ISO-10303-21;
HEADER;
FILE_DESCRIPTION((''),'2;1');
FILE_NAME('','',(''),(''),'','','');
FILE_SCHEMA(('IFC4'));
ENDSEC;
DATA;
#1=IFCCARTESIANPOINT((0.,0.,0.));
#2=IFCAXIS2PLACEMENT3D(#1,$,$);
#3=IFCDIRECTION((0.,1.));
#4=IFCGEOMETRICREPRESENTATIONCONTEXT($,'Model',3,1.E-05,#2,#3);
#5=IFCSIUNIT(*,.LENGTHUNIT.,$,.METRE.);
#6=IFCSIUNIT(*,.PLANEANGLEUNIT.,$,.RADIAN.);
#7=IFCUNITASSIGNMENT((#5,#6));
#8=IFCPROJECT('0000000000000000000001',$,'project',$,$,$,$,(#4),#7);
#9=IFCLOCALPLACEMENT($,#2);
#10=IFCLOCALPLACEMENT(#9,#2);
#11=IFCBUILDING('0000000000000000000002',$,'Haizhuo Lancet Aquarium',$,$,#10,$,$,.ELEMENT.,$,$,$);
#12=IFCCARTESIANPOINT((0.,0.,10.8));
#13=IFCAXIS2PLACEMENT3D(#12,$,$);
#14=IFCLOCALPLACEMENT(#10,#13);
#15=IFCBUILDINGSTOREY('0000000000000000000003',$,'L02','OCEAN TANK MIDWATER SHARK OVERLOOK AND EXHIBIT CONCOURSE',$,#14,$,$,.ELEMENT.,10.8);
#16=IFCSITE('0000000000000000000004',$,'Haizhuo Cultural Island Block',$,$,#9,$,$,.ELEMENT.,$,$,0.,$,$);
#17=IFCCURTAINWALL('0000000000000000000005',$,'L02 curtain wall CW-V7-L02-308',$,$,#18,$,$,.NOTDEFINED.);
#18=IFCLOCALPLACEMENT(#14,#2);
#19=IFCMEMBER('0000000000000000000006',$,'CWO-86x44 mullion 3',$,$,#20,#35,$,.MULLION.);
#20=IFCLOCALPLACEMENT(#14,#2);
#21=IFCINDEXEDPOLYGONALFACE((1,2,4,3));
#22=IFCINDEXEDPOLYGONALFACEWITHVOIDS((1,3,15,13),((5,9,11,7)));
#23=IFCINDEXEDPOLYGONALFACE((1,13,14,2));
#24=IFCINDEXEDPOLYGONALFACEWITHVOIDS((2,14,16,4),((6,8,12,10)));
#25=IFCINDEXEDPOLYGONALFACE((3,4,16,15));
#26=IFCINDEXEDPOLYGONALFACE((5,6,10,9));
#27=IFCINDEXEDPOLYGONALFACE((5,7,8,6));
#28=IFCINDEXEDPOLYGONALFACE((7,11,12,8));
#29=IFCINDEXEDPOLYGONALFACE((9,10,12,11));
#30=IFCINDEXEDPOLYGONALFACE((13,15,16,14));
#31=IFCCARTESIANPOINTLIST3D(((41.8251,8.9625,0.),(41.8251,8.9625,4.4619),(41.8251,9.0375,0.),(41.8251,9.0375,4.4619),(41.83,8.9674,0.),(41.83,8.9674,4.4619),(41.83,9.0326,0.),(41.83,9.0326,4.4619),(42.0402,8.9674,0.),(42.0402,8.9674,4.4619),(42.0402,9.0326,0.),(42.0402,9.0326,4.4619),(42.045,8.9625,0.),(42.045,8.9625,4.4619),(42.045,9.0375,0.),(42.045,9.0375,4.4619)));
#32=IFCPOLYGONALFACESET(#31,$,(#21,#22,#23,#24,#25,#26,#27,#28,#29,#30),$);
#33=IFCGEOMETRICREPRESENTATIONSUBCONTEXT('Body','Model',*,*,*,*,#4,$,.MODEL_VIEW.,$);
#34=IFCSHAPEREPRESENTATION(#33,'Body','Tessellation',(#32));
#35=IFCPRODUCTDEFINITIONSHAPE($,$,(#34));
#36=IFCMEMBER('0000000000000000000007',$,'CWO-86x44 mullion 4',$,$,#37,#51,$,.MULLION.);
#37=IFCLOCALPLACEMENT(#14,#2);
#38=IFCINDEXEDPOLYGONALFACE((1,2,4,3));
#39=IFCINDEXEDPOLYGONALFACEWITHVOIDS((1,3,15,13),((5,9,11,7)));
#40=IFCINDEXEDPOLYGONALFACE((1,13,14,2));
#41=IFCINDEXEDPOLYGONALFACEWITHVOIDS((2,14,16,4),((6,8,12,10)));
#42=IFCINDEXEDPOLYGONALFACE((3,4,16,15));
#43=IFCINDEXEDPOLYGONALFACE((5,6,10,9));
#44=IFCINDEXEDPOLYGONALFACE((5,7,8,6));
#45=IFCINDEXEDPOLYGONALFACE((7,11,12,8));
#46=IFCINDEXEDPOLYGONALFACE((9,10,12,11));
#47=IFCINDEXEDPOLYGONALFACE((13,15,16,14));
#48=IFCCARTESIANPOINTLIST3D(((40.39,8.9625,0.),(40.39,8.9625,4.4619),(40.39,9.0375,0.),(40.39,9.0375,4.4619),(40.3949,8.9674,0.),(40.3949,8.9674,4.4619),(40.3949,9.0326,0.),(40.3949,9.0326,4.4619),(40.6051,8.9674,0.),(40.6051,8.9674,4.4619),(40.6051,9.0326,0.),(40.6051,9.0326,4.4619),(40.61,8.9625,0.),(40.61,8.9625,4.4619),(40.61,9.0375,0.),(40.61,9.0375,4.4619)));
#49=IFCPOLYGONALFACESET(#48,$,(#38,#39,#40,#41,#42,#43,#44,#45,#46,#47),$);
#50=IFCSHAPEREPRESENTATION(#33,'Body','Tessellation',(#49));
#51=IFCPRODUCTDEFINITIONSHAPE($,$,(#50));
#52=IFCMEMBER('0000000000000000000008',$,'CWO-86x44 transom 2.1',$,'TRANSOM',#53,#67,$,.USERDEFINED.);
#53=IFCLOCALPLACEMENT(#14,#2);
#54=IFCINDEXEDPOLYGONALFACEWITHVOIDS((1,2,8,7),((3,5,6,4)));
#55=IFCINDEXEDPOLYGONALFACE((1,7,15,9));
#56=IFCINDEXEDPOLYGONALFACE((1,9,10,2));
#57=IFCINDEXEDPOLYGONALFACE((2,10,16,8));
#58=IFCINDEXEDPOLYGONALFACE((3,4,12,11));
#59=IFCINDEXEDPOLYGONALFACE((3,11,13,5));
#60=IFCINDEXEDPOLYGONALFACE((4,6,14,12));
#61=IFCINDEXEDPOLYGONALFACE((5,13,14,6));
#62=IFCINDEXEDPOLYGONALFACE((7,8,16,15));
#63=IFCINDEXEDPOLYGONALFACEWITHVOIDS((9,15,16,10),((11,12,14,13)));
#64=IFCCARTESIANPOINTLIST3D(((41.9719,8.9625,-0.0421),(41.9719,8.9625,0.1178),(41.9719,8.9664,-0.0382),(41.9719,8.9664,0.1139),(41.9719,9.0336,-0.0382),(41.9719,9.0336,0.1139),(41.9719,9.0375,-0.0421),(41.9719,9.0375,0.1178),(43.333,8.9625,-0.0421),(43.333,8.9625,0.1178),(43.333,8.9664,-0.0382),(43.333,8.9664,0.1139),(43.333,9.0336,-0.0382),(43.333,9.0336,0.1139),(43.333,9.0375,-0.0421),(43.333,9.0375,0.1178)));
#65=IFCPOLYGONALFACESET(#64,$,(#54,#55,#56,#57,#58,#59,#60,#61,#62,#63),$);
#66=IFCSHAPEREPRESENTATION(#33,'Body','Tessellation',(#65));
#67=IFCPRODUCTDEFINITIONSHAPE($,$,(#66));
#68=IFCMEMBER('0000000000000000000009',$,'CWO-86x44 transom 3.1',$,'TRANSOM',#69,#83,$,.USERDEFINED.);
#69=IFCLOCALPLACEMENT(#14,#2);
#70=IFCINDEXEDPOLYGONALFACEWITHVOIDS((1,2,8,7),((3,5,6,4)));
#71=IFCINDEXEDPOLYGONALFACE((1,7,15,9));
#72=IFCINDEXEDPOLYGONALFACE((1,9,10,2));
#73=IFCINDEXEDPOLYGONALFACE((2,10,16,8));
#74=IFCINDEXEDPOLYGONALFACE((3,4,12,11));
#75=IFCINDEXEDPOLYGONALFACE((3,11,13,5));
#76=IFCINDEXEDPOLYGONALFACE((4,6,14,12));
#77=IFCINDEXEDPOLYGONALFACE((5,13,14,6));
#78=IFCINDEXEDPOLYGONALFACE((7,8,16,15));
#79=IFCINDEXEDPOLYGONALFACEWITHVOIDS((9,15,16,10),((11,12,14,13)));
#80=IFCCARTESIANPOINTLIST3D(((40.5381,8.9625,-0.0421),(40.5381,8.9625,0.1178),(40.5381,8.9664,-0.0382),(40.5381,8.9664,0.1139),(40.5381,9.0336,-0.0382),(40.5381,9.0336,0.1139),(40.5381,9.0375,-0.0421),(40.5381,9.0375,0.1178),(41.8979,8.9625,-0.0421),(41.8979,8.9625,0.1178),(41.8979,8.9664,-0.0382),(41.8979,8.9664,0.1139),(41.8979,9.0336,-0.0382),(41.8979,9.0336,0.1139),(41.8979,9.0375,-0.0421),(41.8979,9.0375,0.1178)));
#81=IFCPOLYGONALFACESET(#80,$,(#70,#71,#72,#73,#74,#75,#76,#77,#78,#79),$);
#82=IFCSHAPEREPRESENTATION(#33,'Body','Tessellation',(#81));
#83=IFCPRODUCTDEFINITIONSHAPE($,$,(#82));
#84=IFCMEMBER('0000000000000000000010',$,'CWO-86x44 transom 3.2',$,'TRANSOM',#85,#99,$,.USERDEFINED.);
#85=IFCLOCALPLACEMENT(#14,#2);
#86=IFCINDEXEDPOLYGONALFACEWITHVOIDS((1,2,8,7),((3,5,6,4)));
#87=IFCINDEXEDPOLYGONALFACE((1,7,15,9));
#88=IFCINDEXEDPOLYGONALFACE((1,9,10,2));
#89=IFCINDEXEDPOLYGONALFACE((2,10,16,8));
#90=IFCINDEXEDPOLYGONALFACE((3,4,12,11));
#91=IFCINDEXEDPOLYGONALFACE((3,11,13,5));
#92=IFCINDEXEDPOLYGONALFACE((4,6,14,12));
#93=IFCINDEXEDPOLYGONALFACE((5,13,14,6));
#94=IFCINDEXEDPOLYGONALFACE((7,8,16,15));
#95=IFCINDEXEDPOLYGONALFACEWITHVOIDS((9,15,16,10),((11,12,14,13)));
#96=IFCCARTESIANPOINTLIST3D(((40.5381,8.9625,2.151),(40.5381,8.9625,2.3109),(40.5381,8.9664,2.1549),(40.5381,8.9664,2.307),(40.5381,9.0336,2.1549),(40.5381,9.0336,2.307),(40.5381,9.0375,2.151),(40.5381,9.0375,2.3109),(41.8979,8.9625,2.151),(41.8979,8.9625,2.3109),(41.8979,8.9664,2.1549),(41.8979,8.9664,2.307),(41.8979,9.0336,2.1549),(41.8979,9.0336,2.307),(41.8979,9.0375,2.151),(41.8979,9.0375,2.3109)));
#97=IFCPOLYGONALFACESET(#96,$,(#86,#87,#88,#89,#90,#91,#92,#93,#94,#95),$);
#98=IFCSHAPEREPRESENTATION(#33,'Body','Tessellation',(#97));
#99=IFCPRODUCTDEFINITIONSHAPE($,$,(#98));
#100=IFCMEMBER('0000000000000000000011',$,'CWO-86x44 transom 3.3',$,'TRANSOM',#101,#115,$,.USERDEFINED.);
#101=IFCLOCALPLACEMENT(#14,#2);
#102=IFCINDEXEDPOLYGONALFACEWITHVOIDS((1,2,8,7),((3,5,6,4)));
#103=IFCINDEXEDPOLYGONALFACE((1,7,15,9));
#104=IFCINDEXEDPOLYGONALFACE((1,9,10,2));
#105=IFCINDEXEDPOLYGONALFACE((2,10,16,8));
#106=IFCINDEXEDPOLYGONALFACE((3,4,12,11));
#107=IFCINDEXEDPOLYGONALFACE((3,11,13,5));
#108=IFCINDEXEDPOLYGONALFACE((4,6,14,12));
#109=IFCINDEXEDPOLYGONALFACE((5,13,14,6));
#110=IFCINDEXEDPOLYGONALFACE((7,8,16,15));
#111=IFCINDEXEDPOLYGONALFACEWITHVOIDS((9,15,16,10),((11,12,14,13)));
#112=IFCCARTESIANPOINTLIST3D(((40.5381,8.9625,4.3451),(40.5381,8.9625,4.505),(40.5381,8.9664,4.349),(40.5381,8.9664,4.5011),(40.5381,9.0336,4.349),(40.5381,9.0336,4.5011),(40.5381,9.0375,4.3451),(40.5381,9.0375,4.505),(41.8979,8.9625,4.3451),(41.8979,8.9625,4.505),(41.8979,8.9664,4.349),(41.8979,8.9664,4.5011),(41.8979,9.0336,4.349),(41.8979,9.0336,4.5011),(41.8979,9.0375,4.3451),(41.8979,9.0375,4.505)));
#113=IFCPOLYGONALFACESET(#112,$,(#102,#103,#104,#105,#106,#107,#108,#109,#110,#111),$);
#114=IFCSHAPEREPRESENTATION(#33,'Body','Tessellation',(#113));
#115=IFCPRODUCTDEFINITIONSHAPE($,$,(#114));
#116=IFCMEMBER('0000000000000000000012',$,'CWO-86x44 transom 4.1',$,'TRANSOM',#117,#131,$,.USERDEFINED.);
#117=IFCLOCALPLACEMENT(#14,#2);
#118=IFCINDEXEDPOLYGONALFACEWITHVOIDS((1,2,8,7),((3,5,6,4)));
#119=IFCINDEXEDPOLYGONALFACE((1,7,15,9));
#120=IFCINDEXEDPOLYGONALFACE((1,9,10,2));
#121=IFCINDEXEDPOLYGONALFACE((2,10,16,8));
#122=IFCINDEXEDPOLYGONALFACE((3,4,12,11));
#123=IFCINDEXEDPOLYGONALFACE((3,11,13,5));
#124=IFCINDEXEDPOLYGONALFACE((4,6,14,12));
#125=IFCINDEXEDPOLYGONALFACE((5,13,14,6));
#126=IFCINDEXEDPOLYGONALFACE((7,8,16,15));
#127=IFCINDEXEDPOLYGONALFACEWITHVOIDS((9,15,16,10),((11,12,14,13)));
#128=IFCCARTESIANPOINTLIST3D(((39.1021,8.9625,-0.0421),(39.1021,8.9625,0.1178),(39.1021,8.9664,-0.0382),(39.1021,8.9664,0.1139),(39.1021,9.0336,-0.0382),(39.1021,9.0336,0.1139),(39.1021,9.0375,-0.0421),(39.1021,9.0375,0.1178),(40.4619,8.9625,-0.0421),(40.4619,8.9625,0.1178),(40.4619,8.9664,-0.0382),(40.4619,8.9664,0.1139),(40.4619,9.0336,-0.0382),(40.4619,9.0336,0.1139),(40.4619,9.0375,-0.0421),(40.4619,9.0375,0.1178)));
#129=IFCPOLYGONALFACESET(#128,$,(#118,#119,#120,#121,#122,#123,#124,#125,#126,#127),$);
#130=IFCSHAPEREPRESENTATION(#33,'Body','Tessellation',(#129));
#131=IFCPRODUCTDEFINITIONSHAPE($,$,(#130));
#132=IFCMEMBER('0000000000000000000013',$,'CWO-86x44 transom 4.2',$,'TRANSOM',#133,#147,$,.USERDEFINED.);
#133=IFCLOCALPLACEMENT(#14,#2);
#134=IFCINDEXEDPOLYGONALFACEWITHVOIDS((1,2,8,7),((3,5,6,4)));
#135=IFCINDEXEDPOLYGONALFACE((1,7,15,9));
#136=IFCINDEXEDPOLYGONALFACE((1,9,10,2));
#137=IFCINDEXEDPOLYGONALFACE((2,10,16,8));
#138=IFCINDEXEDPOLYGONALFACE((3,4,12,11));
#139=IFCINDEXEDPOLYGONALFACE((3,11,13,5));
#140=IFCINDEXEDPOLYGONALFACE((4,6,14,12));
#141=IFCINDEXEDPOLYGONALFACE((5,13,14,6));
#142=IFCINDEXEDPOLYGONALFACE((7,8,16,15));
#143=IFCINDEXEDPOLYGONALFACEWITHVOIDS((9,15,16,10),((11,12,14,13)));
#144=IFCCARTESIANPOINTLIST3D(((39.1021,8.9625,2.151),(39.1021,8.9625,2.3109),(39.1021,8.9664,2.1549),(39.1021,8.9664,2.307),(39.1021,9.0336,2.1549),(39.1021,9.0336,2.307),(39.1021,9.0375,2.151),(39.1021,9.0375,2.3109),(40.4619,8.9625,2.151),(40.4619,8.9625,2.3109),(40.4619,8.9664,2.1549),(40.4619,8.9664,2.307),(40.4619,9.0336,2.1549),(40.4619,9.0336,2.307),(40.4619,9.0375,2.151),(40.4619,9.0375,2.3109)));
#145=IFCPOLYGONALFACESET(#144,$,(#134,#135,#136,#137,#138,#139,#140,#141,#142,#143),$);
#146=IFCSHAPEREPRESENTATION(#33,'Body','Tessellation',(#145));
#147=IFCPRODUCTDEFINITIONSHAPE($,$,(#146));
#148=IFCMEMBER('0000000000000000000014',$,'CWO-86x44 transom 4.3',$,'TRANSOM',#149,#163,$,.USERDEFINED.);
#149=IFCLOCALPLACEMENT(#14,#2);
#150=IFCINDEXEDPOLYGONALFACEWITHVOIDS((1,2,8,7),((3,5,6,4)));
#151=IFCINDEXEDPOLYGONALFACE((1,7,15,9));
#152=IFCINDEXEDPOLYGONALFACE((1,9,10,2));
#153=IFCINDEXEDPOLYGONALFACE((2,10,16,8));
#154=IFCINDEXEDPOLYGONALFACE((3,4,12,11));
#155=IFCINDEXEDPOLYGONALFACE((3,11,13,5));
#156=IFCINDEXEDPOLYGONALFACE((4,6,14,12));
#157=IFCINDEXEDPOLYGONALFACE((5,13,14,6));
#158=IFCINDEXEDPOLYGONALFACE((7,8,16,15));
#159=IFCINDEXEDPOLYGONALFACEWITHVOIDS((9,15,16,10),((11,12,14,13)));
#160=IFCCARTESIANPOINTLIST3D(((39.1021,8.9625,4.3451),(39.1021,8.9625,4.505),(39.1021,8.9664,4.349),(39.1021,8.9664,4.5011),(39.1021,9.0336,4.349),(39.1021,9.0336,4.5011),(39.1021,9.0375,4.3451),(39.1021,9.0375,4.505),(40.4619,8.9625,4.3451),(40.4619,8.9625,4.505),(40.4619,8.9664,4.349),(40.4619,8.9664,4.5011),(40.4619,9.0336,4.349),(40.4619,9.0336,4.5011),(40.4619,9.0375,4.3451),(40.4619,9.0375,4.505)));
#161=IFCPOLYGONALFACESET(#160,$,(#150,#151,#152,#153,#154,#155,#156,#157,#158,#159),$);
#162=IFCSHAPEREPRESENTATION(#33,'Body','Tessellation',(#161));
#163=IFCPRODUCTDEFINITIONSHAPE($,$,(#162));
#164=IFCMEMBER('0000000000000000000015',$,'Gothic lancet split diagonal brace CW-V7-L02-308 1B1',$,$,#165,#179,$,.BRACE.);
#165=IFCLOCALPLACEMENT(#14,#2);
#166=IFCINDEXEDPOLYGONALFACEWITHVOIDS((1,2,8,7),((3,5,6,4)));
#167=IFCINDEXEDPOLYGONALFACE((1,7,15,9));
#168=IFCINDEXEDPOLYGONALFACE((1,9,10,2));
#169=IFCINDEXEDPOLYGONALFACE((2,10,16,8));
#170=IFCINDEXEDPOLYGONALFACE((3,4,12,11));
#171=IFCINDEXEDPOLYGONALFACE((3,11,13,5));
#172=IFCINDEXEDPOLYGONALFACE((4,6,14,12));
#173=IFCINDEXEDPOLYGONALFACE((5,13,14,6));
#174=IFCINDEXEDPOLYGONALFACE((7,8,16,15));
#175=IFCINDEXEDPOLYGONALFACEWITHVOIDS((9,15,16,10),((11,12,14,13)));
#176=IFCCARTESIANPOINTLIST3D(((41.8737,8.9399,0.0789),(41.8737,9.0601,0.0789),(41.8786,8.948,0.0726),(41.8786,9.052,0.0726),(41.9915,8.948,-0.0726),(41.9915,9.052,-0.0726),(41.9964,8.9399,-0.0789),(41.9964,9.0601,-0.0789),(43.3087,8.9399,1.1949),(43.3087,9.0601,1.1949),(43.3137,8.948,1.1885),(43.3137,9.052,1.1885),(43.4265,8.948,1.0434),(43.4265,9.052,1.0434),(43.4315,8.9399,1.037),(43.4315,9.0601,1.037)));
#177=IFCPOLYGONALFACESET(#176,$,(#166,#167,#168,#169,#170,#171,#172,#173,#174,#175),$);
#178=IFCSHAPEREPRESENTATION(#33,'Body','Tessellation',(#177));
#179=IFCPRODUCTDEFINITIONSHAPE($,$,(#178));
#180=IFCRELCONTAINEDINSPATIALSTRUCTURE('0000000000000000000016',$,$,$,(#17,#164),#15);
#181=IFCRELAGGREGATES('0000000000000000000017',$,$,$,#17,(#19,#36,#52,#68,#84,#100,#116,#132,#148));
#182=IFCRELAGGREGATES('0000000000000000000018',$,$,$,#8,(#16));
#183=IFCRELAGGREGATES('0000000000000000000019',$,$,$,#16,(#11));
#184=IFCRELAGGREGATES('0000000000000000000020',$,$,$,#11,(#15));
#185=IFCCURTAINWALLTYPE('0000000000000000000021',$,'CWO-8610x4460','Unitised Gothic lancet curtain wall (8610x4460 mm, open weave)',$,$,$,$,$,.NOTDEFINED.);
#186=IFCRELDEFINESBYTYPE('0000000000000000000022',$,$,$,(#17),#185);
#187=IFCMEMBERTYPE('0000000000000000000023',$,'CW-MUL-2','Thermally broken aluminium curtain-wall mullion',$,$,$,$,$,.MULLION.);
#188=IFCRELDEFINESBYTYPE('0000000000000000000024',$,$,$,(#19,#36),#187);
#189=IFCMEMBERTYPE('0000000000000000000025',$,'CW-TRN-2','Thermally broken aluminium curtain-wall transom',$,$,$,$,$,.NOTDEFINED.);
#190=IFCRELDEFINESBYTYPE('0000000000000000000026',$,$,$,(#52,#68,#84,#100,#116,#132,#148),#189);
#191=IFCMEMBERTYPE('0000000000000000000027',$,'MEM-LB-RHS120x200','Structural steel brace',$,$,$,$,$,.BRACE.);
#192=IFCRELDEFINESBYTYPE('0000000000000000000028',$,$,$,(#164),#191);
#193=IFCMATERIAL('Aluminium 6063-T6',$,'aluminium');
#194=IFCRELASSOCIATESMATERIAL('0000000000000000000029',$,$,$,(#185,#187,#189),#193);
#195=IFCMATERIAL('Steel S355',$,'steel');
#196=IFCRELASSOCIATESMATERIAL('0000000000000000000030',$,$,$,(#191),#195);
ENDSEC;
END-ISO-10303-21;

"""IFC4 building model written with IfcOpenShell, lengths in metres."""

from ifc_helpers import new_model, si_unit, direction, frame, origin, origin_2d, place, context, subcontext, project, spatial, hollow_rectangle, extrude, material, material_profile, profile_set, type_object, element, aggregate, save


model = new_model("IFC4")

# Units and contexts
model_context = context("Model", 3, precision=1e-05, world=origin(), true_north=direction((0.0, 1.0)))
body_context = subcontext(model_context, "Body", "Model", "MODEL_VIEW")
ifc_project = project(units=[si_unit("LENGTHUNIT", "METRE"), si_unit("PLANEANGLEUNIT", "RADIAN")], contexts=[model_context])

# Site, building, storey
site_placement = place(None, origin())
site = spatial("IfcSite", under=ifc_project, at=site_placement, Name="Haizhuo Cultural Island Block", CompositionType="ELEMENT", RefElevation=0.0)
building_placement = place(site_placement, origin())
building = spatial("IfcBuilding", under=site, at=building_placement, Name="Haizhuo Lancet Aquarium", CompositionType="ELEMENT")
storey_placement = place(building_placement, frame((0.0, 0.0, 10.8)))
storey = spatial("IfcBuildingStorey", under=building, at=storey_placement, Name="L02", Description="OCEAN TANK MIDWATER SHARK OVERLOOK AND EXHIBIT CONCOURSE", CompositionType="ELEMENT", Elevation=10.8)

# Curtain wall, members
ifc_material_1 = material(Name="Aluminium 6063-T6", Category="aluminium")
curtain_wall_type = type_object("IfcCurtainWallType", Name="CWO-8610x4460", Description="Unitised Gothic lancet curtain wall (8610x4460 mm, open weave)", PredefinedType="NOTDEFINED", material=ifc_material_1)
curtain_wall_placement = place(storey_placement, origin())
curtain_wall = element("IfcCurtainWall", 1, at=curtain_wall_placement, inside=storey, type_object=curtain_wall_type, Name="L02 curtain wall CW-V7-L02-308", PredefinedType="NOTDEFINED")
ifc_material_profile_1 = material_profile(ifc_material_1, hollow_rectangle(XDim=0.075, YDim=0.22, WallThickness=0.0049, at=origin_2d()), Name="ALU-M 75x220x5")
ifc_profile_set_1 = profile_set([ifc_material_profile_1], Name="Aluminium 6063-T6")
member_type_1 = type_object("IfcMemberType", Name="CW-MUL-2", Description="Thermally broken aluminium curtain-wall mullion", PredefinedType="MULLION", material=ifc_profile_set_1)
member_1_placement = place(storey_placement, frame((41.9351, 9.0, 0.0), z_axis=(0.0, 0.0, 1.0), x_axis=(0.0, -1.0, 0.0)))
member_1 = element("IfcMember", 2, at=member_1_placement, type_object=member_type_1, Name="CWO-86x44 mullion 3", PredefinedType="MULLION", context=body_context, shape_type="SweptSolid", body=[
    extrude(hollow_rectangle(XDim=0.075, YDim=0.22, WallThickness=0.0049, at=origin_2d()), origin(), (0.0, 0.0, 1.0), 4.4619),
])
member_2_placement = place(storey_placement, frame((40.5, 9.0, 0.0), z_axis=(0.0, 0.0, 1.0), x_axis=(0.0, -1.0, 0.0)))
member_2 = element("IfcMember", 3, at=member_2_placement, type_object=member_type_1, Name="CWO-86x44 mullion 4", PredefinedType="MULLION", context=body_context, shape_type="SweptSolid", body=[
    extrude(hollow_rectangle(XDim=0.075, YDim=0.22, WallThickness=0.0049, at=origin_2d()), origin(), (0.0, 0.0, 1.0), 4.4619),
])
ifc_material_profile_2 = material_profile(ifc_material_1, hollow_rectangle(XDim=0.075, YDim=0.1599, WallThickness=0.0039, at=origin_2d()), Name="ALU-T 75x160x4")
ifc_profile_set_2 = profile_set([ifc_material_profile_2], Name="Aluminium 6063-T6")
member_type_2 = type_object("IfcMemberType", Name="CW-TRN-2", Description="Thermally broken aluminium curtain-wall transom", PredefinedType="NOTDEFINED", material=ifc_profile_set_2)
member_3_placement = place(storey_placement, frame((43.333, 9.0, 0.0378), z_axis=(-1.0, 0.0, 0.0), x_axis=(0.0, -1.0, 0.0)))
member_3 = element("IfcMember", 4, at=member_3_placement, type_object=member_type_2, Name="CWO-86x44 transom 2.1", ObjectType="TRANSOM", PredefinedType="USERDEFINED", context=body_context, shape_type="SweptSolid", body=[
    extrude(hollow_rectangle(XDim=0.075, YDim=0.1599, WallThickness=0.0039, at=origin_2d()), origin(), (0.0, 0.0, 1.0), 1.3611),
])
member_4_placement = place(storey_placement, frame((41.8979, 9.0, 0.0378), z_axis=(-1.0, 0.0, 0.0), x_axis=(0.0, -1.0, 0.0)))
member_4 = element("IfcMember", 5, at=member_4_placement, type_object=member_type_2, Name="CWO-86x44 transom 3.1", ObjectType="TRANSOM", PredefinedType="USERDEFINED", context=body_context, shape_type="SweptSolid", body=[
    extrude(hollow_rectangle(XDim=0.075, YDim=0.1599, WallThickness=0.0039, at=origin_2d()), origin(), (0.0, 0.0, 1.0), 1.3599),
])
member_5_placement = place(storey_placement, frame((41.8979, 9.0, 2.231), z_axis=(-1.0, 0.0, 0.0), x_axis=(0.0, -1.0, 0.0)))
member_5 = element("IfcMember", 6, at=member_5_placement, type_object=member_type_2, Name="CWO-86x44 transom 3.2", ObjectType="TRANSOM", PredefinedType="USERDEFINED", context=body_context, shape_type="SweptSolid", body=[
    extrude(hollow_rectangle(XDim=0.075, YDim=0.1599, WallThickness=0.0039, at=origin_2d()), origin(), (0.0, 0.0, 1.0), 1.3599),
])
member_6_placement = place(storey_placement, frame((41.8979, 9.0, 4.425), z_axis=(-1.0, 0.0, 0.0), x_axis=(0.0, -1.0, 0.0)))
member_6 = element("IfcMember", 7, at=member_6_placement, type_object=member_type_2, Name="CWO-86x44 transom 3.3", ObjectType="TRANSOM", PredefinedType="USERDEFINED", context=body_context, shape_type="SweptSolid", body=[
    extrude(hollow_rectangle(XDim=0.075, YDim=0.1599, WallThickness=0.0039, at=origin_2d()), origin(), (0.0, 0.0, 1.0), 1.3599),
])
member_7_placement = place(storey_placement, frame((40.4619, 9.0, 0.0378), z_axis=(-1.0, 0.0, 0.0), x_axis=(0.0, -1.0, 0.0)))
member_7 = element("IfcMember", 8, at=member_7_placement, type_object=member_type_2, Name="CWO-86x44 transom 4.1", ObjectType="TRANSOM", PredefinedType="USERDEFINED", context=body_context, shape_type="SweptSolid", body=[
    extrude(hollow_rectangle(XDim=0.075, YDim=0.1599, WallThickness=0.0039, at=origin_2d()), origin(), (0.0, 0.0, 1.0), 1.3599),
])
member_8_placement = place(storey_placement, frame((40.4619, 9.0, 2.231), z_axis=(-1.0, 0.0, 0.0), x_axis=(0.0, -1.0, 0.0)))
member_8 = element("IfcMember", 9, at=member_8_placement, type_object=member_type_2, Name="CWO-86x44 transom 4.2", ObjectType="TRANSOM", PredefinedType="USERDEFINED", context=body_context, shape_type="SweptSolid", body=[
    extrude(hollow_rectangle(XDim=0.075, YDim=0.1599, WallThickness=0.0039, at=origin_2d()), origin(), (0.0, 0.0, 1.0), 1.3599),
])
member_9_placement = place(storey_placement, frame((40.4619, 9.0, 4.425), z_axis=(-1.0, 0.0, 0.0), x_axis=(0.0, -1.0, 0.0)))
member_9 = element("IfcMember", 10, at=member_9_placement, type_object=member_type_2, Name="CWO-86x44 transom 4.3", ObjectType="TRANSOM", PredefinedType="USERDEFINED", context=body_context, shape_type="SweptSolid", body=[
    extrude(hollow_rectangle(XDim=0.075, YDim=0.1599, WallThickness=0.0039, at=origin_2d()), origin(), (0.0, 0.0, 1.0), 1.3599),
])

# Member
ifc_material_2 = material(Name="Steel S355", Category="steel")
ifc_material_profile_3 = material_profile(ifc_material_2, hollow_rectangle(XDim=0.1201, YDim=0.2, WallThickness=0.0081, at=origin_2d()), Name="RHS 120x200x8")
ifc_profile_set_3 = profile_set([ifc_material_profile_3], Name="Steel S355")
member_type_3 = type_object("IfcMemberType", Name="MEM-LB-RHS120x200", Description="Structural steel brace", PredefinedType="BRACE", material=ifc_profile_set_3)
member_10_placement = place(storey_placement, frame((41.9351, 9.0, 0.0), z_axis=(0.789403, 0.0, 0.613876), x_axis=(0.0, 1.0, 0.0)))
element("IfcMember", 11, at=member_10_placement, inside=storey, type_object=member_type_3, Name="Gothic lancet split diagonal brace CW-V7-L02-308 1B1", PredefinedType="BRACE", context=body_context, shape_type="SweptSolid", body=[
    extrude(hollow_rectangle(XDim=0.1201, YDim=0.2, WallThickness=0.0081, at=origin_2d()), origin(), (0.0, 0.0, 1.0), 1.8179),
])

aggregate(curtain_wall, [member_1, member_2, member_3, member_4, member_5, member_6, member_7, member_8, member_9])

save(model, "model.ifc")
